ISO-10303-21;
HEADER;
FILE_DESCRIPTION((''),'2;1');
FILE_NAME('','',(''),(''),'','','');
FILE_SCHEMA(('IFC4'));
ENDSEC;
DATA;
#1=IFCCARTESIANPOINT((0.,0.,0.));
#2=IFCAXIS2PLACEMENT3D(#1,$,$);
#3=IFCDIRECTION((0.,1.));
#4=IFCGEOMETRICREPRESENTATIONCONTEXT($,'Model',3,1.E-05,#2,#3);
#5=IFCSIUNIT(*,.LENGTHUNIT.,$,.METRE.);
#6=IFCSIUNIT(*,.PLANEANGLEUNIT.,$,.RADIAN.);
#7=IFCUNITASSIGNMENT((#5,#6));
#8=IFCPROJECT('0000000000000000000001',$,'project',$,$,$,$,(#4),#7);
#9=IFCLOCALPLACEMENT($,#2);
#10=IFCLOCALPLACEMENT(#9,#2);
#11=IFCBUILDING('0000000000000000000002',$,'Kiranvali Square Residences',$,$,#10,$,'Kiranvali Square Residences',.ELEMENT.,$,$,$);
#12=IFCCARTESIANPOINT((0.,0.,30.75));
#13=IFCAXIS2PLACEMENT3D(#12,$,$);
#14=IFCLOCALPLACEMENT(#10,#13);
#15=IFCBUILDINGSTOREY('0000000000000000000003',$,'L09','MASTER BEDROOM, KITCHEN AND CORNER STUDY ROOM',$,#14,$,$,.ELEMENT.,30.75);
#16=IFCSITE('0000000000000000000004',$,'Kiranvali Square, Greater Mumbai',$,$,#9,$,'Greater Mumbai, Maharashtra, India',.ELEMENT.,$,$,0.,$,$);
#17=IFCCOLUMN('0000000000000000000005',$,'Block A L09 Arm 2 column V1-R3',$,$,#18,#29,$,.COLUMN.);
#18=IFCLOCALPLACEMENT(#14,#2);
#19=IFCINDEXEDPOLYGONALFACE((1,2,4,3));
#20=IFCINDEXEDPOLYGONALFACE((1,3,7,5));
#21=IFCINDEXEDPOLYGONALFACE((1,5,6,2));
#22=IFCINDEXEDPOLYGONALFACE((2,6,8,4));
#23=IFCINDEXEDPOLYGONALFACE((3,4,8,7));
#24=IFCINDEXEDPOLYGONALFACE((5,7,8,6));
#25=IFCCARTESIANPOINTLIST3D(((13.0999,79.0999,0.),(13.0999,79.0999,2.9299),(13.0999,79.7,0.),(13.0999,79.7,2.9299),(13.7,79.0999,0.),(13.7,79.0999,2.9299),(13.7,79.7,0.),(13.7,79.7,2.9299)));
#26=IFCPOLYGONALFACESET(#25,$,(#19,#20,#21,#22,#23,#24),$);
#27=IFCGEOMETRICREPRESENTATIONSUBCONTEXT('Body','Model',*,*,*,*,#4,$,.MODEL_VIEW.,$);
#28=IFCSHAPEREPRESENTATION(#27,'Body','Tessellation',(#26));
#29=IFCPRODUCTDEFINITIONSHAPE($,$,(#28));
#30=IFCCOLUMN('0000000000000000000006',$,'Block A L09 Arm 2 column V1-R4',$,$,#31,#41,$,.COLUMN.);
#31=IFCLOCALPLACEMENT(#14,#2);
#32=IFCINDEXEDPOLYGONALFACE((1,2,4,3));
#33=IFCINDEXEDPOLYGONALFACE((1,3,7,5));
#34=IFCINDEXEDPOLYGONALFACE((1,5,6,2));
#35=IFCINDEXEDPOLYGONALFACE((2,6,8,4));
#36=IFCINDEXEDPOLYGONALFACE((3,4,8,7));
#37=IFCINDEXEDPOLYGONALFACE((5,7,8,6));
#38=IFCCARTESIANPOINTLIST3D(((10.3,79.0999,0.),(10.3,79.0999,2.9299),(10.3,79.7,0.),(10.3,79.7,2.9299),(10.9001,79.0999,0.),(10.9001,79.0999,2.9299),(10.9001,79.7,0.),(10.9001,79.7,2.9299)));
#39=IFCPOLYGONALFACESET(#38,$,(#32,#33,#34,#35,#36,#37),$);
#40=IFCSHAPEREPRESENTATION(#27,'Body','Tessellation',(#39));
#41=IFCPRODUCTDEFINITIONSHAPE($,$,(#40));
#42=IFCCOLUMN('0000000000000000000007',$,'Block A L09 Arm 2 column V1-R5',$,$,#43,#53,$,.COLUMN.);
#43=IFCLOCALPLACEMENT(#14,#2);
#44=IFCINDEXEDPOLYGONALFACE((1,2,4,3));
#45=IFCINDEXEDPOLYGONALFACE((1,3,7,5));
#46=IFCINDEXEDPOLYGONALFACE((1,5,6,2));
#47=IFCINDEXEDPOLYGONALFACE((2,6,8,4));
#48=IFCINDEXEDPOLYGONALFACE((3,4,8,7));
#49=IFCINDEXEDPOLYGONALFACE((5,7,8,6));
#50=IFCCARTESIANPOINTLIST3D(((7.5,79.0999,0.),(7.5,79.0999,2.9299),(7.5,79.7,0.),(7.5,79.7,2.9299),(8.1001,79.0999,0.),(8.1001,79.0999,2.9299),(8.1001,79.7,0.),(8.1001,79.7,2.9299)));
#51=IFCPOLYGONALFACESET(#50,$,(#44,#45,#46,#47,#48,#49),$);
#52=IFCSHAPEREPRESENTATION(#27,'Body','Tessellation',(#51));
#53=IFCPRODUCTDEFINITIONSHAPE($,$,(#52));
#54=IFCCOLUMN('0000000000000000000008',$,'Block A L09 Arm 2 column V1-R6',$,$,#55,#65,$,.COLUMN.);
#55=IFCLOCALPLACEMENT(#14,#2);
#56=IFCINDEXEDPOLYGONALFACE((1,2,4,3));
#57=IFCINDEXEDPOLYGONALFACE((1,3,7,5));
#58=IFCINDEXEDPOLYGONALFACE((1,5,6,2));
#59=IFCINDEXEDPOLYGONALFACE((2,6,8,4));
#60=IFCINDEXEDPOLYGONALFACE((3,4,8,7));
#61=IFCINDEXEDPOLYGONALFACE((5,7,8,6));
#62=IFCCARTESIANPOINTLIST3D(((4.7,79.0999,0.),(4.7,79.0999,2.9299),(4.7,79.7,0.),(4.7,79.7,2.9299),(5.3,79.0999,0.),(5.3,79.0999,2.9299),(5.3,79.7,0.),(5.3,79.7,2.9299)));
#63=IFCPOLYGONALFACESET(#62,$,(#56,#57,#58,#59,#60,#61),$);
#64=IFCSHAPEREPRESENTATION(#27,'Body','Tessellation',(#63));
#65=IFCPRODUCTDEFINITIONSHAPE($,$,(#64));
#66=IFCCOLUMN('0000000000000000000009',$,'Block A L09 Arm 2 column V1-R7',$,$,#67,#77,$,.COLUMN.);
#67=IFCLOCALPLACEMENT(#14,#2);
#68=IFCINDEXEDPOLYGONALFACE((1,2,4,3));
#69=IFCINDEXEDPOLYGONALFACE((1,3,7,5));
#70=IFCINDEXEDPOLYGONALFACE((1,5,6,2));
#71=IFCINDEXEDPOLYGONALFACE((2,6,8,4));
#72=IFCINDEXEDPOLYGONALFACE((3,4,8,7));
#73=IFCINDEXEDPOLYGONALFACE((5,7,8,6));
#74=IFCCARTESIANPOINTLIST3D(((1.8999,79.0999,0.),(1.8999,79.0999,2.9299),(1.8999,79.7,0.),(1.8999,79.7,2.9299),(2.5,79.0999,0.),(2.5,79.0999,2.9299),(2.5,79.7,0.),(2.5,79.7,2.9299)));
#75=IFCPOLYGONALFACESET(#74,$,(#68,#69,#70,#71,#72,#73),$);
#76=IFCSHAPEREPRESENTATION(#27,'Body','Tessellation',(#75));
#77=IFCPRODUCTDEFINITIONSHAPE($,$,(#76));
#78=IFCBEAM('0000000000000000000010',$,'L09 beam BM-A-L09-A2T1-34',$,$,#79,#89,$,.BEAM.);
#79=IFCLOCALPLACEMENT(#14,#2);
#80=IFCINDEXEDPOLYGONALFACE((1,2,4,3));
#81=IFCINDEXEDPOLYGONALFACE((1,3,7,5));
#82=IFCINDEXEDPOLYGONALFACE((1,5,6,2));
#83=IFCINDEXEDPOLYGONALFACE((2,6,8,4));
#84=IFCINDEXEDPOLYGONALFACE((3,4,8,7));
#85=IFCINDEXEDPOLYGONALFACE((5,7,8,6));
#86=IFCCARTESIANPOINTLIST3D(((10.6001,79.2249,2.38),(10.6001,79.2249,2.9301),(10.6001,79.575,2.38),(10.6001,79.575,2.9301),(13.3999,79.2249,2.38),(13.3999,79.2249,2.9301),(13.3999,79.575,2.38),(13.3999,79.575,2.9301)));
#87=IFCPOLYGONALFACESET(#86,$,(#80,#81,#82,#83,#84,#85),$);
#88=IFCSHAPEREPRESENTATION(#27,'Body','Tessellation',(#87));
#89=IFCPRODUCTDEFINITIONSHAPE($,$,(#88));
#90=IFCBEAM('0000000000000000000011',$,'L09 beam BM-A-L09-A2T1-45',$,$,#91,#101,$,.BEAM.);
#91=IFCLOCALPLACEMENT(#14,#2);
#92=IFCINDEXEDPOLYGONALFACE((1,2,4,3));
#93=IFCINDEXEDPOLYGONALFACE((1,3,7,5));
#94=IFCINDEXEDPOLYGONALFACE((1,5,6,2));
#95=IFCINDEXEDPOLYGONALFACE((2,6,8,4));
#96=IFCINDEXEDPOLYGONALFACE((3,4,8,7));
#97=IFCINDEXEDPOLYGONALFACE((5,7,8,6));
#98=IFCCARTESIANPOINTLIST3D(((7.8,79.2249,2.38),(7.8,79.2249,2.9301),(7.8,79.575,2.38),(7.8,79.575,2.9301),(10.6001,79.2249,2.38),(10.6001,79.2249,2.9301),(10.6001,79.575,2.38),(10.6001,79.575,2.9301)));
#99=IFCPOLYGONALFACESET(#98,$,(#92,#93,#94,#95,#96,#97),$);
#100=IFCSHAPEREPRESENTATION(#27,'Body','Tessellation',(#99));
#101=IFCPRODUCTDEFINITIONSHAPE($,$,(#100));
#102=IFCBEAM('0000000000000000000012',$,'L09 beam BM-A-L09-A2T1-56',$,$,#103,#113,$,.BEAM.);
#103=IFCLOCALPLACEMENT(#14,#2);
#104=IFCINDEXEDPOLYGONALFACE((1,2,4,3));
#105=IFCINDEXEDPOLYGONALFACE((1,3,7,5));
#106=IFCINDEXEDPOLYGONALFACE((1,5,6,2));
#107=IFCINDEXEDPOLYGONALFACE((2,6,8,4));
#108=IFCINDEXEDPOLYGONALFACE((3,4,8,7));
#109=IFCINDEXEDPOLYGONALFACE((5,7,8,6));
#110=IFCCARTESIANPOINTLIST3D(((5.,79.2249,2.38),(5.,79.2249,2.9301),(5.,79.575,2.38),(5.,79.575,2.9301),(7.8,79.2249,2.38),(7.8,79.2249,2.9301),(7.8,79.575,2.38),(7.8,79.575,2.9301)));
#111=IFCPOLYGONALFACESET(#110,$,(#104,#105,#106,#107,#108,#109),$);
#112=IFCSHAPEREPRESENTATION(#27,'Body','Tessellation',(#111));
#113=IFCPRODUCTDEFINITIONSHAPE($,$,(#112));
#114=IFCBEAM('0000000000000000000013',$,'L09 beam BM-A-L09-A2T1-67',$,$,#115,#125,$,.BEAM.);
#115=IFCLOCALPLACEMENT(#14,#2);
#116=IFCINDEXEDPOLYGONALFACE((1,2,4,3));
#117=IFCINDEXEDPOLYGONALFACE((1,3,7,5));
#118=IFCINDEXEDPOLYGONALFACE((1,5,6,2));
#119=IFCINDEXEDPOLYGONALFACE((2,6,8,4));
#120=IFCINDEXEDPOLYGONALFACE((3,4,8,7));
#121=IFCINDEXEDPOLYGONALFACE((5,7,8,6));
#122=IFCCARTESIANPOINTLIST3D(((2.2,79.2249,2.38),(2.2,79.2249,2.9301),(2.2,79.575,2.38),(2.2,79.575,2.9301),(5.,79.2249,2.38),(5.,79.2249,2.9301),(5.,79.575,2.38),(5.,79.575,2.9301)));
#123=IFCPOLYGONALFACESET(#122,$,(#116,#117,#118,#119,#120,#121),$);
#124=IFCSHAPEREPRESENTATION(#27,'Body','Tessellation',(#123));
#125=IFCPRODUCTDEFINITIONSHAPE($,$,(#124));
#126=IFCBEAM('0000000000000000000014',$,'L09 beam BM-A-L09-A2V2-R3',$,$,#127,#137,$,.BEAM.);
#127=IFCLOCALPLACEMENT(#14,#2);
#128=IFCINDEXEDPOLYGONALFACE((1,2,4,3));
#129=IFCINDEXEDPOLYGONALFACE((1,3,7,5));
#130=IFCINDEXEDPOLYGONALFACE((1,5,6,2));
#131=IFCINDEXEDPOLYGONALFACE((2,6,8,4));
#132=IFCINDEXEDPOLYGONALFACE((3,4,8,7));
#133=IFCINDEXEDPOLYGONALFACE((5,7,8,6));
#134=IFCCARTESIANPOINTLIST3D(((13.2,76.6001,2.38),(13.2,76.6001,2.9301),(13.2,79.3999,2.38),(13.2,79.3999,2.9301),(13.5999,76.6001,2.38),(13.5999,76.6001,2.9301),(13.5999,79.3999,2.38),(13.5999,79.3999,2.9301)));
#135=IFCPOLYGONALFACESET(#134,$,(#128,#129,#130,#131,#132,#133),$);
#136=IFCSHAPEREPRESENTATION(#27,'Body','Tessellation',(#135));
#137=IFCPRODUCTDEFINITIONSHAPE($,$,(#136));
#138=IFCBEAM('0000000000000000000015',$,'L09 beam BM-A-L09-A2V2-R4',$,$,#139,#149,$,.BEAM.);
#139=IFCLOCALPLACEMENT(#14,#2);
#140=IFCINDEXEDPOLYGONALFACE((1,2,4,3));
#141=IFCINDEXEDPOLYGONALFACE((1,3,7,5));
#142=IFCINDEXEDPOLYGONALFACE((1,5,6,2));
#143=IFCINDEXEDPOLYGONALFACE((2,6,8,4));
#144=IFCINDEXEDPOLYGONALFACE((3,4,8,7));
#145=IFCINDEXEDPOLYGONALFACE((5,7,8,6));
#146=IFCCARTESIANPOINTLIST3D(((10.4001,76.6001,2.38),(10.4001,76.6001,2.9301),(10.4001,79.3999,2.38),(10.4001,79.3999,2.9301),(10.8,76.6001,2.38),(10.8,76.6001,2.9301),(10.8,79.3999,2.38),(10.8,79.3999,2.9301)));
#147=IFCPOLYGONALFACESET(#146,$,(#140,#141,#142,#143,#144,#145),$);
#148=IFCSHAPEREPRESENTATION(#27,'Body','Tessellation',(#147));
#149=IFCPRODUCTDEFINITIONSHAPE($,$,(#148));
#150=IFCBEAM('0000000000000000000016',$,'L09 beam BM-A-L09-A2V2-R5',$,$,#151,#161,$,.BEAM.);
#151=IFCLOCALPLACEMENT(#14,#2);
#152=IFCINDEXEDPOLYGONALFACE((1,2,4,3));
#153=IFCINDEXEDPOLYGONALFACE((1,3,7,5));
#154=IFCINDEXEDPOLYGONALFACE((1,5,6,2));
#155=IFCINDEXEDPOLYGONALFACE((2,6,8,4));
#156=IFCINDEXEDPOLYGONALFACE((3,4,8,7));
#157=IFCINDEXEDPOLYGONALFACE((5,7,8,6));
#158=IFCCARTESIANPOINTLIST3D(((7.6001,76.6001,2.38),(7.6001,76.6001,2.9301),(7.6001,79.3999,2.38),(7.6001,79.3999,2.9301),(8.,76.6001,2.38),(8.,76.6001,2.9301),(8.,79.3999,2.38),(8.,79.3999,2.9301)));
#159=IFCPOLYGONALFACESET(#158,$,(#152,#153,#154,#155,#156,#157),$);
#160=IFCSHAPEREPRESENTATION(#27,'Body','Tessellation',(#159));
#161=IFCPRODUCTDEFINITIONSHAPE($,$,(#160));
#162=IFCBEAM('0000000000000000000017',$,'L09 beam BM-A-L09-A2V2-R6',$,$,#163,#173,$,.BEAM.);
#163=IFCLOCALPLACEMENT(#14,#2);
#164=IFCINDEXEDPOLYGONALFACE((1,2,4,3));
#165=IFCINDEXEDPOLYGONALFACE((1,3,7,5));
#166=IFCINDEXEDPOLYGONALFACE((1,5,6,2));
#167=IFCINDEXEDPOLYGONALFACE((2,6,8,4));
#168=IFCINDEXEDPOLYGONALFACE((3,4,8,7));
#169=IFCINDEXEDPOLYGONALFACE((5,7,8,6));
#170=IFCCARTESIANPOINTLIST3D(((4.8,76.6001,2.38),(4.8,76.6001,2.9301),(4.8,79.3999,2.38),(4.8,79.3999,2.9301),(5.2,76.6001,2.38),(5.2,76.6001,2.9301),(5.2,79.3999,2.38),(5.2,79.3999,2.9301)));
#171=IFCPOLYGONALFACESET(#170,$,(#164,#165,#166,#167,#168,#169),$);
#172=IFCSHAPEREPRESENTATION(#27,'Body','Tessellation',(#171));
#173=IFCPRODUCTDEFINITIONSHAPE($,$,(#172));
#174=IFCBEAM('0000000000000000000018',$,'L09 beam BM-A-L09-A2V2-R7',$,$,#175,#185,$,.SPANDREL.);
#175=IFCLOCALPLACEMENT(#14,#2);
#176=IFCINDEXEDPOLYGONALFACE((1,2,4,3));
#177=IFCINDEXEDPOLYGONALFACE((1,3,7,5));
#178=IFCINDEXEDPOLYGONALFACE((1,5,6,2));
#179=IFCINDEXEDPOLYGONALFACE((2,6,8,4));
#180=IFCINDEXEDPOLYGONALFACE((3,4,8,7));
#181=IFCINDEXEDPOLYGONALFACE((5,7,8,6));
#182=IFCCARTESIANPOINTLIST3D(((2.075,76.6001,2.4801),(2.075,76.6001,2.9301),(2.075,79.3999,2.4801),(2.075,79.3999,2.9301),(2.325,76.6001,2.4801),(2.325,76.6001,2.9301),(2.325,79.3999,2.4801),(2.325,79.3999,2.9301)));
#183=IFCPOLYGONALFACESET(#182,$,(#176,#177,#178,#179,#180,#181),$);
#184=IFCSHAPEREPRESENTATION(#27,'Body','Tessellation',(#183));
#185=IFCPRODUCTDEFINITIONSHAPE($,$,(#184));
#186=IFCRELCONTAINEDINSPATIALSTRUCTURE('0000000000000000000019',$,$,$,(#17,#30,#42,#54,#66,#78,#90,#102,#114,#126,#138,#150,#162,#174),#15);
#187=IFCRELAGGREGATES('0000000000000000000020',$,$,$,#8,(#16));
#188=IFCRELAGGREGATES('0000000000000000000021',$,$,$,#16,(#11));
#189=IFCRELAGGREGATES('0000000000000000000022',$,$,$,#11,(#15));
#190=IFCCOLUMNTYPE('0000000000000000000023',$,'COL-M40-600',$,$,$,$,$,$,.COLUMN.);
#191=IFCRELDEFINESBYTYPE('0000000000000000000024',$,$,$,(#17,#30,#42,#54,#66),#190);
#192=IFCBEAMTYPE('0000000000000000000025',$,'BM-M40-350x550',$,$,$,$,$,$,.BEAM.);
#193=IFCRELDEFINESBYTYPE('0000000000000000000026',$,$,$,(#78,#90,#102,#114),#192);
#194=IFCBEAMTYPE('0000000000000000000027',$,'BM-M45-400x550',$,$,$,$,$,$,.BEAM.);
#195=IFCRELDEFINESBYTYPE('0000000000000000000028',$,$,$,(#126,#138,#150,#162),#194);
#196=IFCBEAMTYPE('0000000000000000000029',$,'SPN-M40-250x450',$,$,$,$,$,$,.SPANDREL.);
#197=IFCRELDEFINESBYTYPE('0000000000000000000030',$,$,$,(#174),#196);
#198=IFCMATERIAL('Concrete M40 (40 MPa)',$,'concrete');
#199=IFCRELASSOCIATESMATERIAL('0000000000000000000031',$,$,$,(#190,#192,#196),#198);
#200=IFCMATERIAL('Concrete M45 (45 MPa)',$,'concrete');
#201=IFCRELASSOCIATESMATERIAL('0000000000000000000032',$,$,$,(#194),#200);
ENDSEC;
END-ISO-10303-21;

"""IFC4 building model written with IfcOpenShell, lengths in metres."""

from ifc_helpers import new_model, si_unit, direction, frame, origin, origin_2d, place, context, subcontext, project, spatial, rectangle, extrude, material, material_profile, profile_set, type_object, element, save


model = new_model("IFC4")

# Units and contexts
model_context = context("Model", 3, precision=1e-05, world=origin(), true_north=direction((0.0, 1.0)))
body_context = subcontext(model_context, "Body", "Model", "MODEL_VIEW")
ifc_project = project(units=[si_unit("LENGTHUNIT", "METRE"), si_unit("PLANEANGLEUNIT", "RADIAN")], contexts=[model_context])

# Site, building, storey
site_placement = place(None, origin())
site = spatial("IfcSite", under=ifc_project, at=site_placement, Name="Kiranvali Square, Greater Mumbai", LongName="Greater Mumbai, Maharashtra, India", CompositionType="ELEMENT", RefElevation=0.0)
building_placement = place(site_placement, origin())
building = spatial("IfcBuilding", under=site, at=building_placement, Name="Kiranvali Square Residences", LongName="Kiranvali Square Residences", CompositionType="ELEMENT")
storey_placement = place(building_placement, frame((0.0, 0.0, 30.75)))
storey = spatial("IfcBuildingStorey", under=building, at=storey_placement, Name="L09", Description="MASTER BEDROOM, KITCHEN AND CORNER STUDY ROOM", CompositionType="ELEMENT", Elevation=30.75)

# Columns
ifc_material_1 = material(Name="Concrete M40 (40 MPa)", Category="concrete")
ifc_material_profile_1 = material_profile(ifc_material_1, rectangle(XDim=0.6001, YDim=0.6001, at=origin_2d()), Name="RC 600x600")
ifc_profile_set_1 = profile_set([ifc_material_profile_1], Name="Concrete M40 (40 MPa)")
column_type = type_object("IfcColumnType", Name="COL-M40-600", PredefinedType="COLUMN", material=ifc_profile_set_1)
for number, where, z_axis, x_axis, name in (
    (1, (13.3999, 79.3999, 0.0), (0.0, 0.0, 1.0), (1.0, 0.0, 0.0), "Block A L09 Arm 2 column V1-R3"),
    (2, (10.6001, 79.3999, 0.0), (0.0, 0.0, 1.0), (1.0, 0.0, 0.0), "Block A L09 Arm 2 column V1-R4"),
    (3, (7.8, 79.3999, 0.0), (0.0, 0.0, 1.0), (1.0, 0.0, 0.0), "Block A L09 Arm 2 column V1-R5"),
    (4, (5.0, 79.3999, 0.0), (0.0, 0.0, 1.0), (1.0, 0.0, 0.0), "Block A L09 Arm 2 column V1-R6"),
    (5, (2.2, 79.3999, 0.0), (0.0, 0.0, 1.0), (1.0, 0.0, 0.0), "Block A L09 Arm 2 column V1-R7"),
):
    element("IfcColumn", number, at=place(storey_placement, frame(where, z_axis=z_axis, x_axis=x_axis)), inside=storey, type_object=column_type, Name=name, PredefinedType="COLUMN", context=body_context, shape_type="SweptSolid", body=[
        extrude(rectangle(XDim=0.6001, YDim=0.6001, at=origin_2d()), origin(), (0.0, 0.0, 1.0), 2.9299),
    ])

# Beams
ifc_material_profile_2 = material_profile(ifc_material_1, rectangle(XDim=0.3501, YDim=0.55, at=origin_2d()), Name="RC 350x550")
ifc_profile_set_2 = profile_set([ifc_material_profile_2], Name="Concrete M40 (40 MPa)")
beam_type_1 = type_object("IfcBeamType", Name="BM-M40-350x550", PredefinedType="BEAM", material=ifc_profile_set_2)
beam_1_placement = place(storey_placement, frame((13.3999, 79.3999, 2.655), z_axis=(-1.0, 0.0, 0.0), x_axis=(0.0, -1.0, 0.0)))
element("IfcBeam", 6, at=beam_1_placement, inside=storey, type_object=beam_type_1, Name="L09 beam BM-A-L09-A2T1-34", PredefinedType="BEAM", context=body_context, shape_type="SweptSolid", body=[
    extrude(rectangle(XDim=0.3501, YDim=0.55, at=origin_2d()), origin(), (0.0, 0.0, 1.0), 2.7998),
])
for number, where, z_axis, x_axis, name in (
    (7, (10.6001, 79.3999, 2.655), (-1.0, 0.0, 0.0), (0.0, -1.0, 0.0), "L09 beam BM-A-L09-A2T1-45"),
    (8, (7.8, 79.3999, 2.655), (-1.0, 0.0, 0.0), (0.0, -1.0, 0.0), "L09 beam BM-A-L09-A2T1-56"),
    (9, (5.0, 79.3999, 2.655), (-1.0, 0.0, 0.0), (0.0, -1.0, 0.0), "L09 beam BM-A-L09-A2T1-67"),
):
    element("IfcBeam", number, at=place(storey_placement, frame(where, z_axis=z_axis, x_axis=x_axis)), inside=storey, type_object=beam_type_1, Name=name, PredefinedType="BEAM", context=body_context, shape_type="SweptSolid", body=[
        extrude(rectangle(XDim=0.3501, YDim=0.55, at=origin_2d()), origin(), (0.0, 0.0, 1.0), 2.8),
    ])
ifc_material_2 = material(Name="Concrete M45 (45 MPa)", Category="concrete")
ifc_material_profile_3 = material_profile(ifc_material_2, rectangle(XDim=0.3999, YDim=0.55, at=origin_2d()), Name="RC 400x550")
ifc_profile_set_3 = profile_set([ifc_material_profile_3], Name="Concrete M45 (45 MPa)")
beam_type_2 = type_object("IfcBeamType", Name="BM-M45-400x550", PredefinedType="BEAM", material=ifc_profile_set_3)
for number, where, z_axis, x_axis, name in (
    (10, (13.3999, 79.3999, 2.655), (0.0, -1.0, 0.0), (1.0, 0.0, 0.0), "L09 beam BM-A-L09-A2V2-R3"),
    (11, (10.6001, 79.3999, 2.655), (0.0, -1.0, 0.0), (1.0, 0.0, 0.0), "L09 beam BM-A-L09-A2V2-R4"),
    (12, (7.8, 79.3999, 2.655), (0.0, -1.0, 0.0), (1.0, 0.0, 0.0), "L09 beam BM-A-L09-A2V2-R5"),
    (13, (5.0, 79.3999, 2.655), (0.0, -1.0, 0.0), (1.0, 0.0, 0.0), "L09 beam BM-A-L09-A2V2-R6"),
):
    element("IfcBeam", number, at=place(storey_placement, frame(where, z_axis=z_axis, x_axis=x_axis)), inside=storey, type_object=beam_type_2, Name=name, PredefinedType="BEAM", context=body_context, shape_type="SweptSolid", body=[
        extrude(rectangle(XDim=0.3999, YDim=0.55, at=origin_2d()), origin(), (0.0, 0.0, 1.0), 2.7998),
    ])
ifc_material_profile_4 = material_profile(ifc_material_1, rectangle(XDim=0.25, YDim=0.45, at=origin_2d()), Name="RC 250x450")
ifc_profile_set_4 = profile_set([ifc_material_profile_4], Name="Concrete M40 (40 MPa)")
beam_type_3 = type_object("IfcBeamType", Name="SPN-M40-250x450", PredefinedType="SPANDREL", material=ifc_profile_set_4)
beam_2_placement = place(storey_placement, frame((2.2, 79.3999, 2.7051), z_axis=(0.0, -1.0, 0.0), x_axis=(1.0, 0.0, 0.0)))
element("IfcBeam", 14, at=beam_2_placement, inside=storey, type_object=beam_type_3, Name="L09 beam BM-A-L09-A2V2-R7", PredefinedType="SPANDREL", context=body_context, shape_type="SweptSolid", body=[
    extrude(rectangle(XDim=0.25, YDim=0.45, at=origin_2d()), origin(), (0.0, 0.0, 1.0), 2.7998),
])

save(model, "model.ifc")
